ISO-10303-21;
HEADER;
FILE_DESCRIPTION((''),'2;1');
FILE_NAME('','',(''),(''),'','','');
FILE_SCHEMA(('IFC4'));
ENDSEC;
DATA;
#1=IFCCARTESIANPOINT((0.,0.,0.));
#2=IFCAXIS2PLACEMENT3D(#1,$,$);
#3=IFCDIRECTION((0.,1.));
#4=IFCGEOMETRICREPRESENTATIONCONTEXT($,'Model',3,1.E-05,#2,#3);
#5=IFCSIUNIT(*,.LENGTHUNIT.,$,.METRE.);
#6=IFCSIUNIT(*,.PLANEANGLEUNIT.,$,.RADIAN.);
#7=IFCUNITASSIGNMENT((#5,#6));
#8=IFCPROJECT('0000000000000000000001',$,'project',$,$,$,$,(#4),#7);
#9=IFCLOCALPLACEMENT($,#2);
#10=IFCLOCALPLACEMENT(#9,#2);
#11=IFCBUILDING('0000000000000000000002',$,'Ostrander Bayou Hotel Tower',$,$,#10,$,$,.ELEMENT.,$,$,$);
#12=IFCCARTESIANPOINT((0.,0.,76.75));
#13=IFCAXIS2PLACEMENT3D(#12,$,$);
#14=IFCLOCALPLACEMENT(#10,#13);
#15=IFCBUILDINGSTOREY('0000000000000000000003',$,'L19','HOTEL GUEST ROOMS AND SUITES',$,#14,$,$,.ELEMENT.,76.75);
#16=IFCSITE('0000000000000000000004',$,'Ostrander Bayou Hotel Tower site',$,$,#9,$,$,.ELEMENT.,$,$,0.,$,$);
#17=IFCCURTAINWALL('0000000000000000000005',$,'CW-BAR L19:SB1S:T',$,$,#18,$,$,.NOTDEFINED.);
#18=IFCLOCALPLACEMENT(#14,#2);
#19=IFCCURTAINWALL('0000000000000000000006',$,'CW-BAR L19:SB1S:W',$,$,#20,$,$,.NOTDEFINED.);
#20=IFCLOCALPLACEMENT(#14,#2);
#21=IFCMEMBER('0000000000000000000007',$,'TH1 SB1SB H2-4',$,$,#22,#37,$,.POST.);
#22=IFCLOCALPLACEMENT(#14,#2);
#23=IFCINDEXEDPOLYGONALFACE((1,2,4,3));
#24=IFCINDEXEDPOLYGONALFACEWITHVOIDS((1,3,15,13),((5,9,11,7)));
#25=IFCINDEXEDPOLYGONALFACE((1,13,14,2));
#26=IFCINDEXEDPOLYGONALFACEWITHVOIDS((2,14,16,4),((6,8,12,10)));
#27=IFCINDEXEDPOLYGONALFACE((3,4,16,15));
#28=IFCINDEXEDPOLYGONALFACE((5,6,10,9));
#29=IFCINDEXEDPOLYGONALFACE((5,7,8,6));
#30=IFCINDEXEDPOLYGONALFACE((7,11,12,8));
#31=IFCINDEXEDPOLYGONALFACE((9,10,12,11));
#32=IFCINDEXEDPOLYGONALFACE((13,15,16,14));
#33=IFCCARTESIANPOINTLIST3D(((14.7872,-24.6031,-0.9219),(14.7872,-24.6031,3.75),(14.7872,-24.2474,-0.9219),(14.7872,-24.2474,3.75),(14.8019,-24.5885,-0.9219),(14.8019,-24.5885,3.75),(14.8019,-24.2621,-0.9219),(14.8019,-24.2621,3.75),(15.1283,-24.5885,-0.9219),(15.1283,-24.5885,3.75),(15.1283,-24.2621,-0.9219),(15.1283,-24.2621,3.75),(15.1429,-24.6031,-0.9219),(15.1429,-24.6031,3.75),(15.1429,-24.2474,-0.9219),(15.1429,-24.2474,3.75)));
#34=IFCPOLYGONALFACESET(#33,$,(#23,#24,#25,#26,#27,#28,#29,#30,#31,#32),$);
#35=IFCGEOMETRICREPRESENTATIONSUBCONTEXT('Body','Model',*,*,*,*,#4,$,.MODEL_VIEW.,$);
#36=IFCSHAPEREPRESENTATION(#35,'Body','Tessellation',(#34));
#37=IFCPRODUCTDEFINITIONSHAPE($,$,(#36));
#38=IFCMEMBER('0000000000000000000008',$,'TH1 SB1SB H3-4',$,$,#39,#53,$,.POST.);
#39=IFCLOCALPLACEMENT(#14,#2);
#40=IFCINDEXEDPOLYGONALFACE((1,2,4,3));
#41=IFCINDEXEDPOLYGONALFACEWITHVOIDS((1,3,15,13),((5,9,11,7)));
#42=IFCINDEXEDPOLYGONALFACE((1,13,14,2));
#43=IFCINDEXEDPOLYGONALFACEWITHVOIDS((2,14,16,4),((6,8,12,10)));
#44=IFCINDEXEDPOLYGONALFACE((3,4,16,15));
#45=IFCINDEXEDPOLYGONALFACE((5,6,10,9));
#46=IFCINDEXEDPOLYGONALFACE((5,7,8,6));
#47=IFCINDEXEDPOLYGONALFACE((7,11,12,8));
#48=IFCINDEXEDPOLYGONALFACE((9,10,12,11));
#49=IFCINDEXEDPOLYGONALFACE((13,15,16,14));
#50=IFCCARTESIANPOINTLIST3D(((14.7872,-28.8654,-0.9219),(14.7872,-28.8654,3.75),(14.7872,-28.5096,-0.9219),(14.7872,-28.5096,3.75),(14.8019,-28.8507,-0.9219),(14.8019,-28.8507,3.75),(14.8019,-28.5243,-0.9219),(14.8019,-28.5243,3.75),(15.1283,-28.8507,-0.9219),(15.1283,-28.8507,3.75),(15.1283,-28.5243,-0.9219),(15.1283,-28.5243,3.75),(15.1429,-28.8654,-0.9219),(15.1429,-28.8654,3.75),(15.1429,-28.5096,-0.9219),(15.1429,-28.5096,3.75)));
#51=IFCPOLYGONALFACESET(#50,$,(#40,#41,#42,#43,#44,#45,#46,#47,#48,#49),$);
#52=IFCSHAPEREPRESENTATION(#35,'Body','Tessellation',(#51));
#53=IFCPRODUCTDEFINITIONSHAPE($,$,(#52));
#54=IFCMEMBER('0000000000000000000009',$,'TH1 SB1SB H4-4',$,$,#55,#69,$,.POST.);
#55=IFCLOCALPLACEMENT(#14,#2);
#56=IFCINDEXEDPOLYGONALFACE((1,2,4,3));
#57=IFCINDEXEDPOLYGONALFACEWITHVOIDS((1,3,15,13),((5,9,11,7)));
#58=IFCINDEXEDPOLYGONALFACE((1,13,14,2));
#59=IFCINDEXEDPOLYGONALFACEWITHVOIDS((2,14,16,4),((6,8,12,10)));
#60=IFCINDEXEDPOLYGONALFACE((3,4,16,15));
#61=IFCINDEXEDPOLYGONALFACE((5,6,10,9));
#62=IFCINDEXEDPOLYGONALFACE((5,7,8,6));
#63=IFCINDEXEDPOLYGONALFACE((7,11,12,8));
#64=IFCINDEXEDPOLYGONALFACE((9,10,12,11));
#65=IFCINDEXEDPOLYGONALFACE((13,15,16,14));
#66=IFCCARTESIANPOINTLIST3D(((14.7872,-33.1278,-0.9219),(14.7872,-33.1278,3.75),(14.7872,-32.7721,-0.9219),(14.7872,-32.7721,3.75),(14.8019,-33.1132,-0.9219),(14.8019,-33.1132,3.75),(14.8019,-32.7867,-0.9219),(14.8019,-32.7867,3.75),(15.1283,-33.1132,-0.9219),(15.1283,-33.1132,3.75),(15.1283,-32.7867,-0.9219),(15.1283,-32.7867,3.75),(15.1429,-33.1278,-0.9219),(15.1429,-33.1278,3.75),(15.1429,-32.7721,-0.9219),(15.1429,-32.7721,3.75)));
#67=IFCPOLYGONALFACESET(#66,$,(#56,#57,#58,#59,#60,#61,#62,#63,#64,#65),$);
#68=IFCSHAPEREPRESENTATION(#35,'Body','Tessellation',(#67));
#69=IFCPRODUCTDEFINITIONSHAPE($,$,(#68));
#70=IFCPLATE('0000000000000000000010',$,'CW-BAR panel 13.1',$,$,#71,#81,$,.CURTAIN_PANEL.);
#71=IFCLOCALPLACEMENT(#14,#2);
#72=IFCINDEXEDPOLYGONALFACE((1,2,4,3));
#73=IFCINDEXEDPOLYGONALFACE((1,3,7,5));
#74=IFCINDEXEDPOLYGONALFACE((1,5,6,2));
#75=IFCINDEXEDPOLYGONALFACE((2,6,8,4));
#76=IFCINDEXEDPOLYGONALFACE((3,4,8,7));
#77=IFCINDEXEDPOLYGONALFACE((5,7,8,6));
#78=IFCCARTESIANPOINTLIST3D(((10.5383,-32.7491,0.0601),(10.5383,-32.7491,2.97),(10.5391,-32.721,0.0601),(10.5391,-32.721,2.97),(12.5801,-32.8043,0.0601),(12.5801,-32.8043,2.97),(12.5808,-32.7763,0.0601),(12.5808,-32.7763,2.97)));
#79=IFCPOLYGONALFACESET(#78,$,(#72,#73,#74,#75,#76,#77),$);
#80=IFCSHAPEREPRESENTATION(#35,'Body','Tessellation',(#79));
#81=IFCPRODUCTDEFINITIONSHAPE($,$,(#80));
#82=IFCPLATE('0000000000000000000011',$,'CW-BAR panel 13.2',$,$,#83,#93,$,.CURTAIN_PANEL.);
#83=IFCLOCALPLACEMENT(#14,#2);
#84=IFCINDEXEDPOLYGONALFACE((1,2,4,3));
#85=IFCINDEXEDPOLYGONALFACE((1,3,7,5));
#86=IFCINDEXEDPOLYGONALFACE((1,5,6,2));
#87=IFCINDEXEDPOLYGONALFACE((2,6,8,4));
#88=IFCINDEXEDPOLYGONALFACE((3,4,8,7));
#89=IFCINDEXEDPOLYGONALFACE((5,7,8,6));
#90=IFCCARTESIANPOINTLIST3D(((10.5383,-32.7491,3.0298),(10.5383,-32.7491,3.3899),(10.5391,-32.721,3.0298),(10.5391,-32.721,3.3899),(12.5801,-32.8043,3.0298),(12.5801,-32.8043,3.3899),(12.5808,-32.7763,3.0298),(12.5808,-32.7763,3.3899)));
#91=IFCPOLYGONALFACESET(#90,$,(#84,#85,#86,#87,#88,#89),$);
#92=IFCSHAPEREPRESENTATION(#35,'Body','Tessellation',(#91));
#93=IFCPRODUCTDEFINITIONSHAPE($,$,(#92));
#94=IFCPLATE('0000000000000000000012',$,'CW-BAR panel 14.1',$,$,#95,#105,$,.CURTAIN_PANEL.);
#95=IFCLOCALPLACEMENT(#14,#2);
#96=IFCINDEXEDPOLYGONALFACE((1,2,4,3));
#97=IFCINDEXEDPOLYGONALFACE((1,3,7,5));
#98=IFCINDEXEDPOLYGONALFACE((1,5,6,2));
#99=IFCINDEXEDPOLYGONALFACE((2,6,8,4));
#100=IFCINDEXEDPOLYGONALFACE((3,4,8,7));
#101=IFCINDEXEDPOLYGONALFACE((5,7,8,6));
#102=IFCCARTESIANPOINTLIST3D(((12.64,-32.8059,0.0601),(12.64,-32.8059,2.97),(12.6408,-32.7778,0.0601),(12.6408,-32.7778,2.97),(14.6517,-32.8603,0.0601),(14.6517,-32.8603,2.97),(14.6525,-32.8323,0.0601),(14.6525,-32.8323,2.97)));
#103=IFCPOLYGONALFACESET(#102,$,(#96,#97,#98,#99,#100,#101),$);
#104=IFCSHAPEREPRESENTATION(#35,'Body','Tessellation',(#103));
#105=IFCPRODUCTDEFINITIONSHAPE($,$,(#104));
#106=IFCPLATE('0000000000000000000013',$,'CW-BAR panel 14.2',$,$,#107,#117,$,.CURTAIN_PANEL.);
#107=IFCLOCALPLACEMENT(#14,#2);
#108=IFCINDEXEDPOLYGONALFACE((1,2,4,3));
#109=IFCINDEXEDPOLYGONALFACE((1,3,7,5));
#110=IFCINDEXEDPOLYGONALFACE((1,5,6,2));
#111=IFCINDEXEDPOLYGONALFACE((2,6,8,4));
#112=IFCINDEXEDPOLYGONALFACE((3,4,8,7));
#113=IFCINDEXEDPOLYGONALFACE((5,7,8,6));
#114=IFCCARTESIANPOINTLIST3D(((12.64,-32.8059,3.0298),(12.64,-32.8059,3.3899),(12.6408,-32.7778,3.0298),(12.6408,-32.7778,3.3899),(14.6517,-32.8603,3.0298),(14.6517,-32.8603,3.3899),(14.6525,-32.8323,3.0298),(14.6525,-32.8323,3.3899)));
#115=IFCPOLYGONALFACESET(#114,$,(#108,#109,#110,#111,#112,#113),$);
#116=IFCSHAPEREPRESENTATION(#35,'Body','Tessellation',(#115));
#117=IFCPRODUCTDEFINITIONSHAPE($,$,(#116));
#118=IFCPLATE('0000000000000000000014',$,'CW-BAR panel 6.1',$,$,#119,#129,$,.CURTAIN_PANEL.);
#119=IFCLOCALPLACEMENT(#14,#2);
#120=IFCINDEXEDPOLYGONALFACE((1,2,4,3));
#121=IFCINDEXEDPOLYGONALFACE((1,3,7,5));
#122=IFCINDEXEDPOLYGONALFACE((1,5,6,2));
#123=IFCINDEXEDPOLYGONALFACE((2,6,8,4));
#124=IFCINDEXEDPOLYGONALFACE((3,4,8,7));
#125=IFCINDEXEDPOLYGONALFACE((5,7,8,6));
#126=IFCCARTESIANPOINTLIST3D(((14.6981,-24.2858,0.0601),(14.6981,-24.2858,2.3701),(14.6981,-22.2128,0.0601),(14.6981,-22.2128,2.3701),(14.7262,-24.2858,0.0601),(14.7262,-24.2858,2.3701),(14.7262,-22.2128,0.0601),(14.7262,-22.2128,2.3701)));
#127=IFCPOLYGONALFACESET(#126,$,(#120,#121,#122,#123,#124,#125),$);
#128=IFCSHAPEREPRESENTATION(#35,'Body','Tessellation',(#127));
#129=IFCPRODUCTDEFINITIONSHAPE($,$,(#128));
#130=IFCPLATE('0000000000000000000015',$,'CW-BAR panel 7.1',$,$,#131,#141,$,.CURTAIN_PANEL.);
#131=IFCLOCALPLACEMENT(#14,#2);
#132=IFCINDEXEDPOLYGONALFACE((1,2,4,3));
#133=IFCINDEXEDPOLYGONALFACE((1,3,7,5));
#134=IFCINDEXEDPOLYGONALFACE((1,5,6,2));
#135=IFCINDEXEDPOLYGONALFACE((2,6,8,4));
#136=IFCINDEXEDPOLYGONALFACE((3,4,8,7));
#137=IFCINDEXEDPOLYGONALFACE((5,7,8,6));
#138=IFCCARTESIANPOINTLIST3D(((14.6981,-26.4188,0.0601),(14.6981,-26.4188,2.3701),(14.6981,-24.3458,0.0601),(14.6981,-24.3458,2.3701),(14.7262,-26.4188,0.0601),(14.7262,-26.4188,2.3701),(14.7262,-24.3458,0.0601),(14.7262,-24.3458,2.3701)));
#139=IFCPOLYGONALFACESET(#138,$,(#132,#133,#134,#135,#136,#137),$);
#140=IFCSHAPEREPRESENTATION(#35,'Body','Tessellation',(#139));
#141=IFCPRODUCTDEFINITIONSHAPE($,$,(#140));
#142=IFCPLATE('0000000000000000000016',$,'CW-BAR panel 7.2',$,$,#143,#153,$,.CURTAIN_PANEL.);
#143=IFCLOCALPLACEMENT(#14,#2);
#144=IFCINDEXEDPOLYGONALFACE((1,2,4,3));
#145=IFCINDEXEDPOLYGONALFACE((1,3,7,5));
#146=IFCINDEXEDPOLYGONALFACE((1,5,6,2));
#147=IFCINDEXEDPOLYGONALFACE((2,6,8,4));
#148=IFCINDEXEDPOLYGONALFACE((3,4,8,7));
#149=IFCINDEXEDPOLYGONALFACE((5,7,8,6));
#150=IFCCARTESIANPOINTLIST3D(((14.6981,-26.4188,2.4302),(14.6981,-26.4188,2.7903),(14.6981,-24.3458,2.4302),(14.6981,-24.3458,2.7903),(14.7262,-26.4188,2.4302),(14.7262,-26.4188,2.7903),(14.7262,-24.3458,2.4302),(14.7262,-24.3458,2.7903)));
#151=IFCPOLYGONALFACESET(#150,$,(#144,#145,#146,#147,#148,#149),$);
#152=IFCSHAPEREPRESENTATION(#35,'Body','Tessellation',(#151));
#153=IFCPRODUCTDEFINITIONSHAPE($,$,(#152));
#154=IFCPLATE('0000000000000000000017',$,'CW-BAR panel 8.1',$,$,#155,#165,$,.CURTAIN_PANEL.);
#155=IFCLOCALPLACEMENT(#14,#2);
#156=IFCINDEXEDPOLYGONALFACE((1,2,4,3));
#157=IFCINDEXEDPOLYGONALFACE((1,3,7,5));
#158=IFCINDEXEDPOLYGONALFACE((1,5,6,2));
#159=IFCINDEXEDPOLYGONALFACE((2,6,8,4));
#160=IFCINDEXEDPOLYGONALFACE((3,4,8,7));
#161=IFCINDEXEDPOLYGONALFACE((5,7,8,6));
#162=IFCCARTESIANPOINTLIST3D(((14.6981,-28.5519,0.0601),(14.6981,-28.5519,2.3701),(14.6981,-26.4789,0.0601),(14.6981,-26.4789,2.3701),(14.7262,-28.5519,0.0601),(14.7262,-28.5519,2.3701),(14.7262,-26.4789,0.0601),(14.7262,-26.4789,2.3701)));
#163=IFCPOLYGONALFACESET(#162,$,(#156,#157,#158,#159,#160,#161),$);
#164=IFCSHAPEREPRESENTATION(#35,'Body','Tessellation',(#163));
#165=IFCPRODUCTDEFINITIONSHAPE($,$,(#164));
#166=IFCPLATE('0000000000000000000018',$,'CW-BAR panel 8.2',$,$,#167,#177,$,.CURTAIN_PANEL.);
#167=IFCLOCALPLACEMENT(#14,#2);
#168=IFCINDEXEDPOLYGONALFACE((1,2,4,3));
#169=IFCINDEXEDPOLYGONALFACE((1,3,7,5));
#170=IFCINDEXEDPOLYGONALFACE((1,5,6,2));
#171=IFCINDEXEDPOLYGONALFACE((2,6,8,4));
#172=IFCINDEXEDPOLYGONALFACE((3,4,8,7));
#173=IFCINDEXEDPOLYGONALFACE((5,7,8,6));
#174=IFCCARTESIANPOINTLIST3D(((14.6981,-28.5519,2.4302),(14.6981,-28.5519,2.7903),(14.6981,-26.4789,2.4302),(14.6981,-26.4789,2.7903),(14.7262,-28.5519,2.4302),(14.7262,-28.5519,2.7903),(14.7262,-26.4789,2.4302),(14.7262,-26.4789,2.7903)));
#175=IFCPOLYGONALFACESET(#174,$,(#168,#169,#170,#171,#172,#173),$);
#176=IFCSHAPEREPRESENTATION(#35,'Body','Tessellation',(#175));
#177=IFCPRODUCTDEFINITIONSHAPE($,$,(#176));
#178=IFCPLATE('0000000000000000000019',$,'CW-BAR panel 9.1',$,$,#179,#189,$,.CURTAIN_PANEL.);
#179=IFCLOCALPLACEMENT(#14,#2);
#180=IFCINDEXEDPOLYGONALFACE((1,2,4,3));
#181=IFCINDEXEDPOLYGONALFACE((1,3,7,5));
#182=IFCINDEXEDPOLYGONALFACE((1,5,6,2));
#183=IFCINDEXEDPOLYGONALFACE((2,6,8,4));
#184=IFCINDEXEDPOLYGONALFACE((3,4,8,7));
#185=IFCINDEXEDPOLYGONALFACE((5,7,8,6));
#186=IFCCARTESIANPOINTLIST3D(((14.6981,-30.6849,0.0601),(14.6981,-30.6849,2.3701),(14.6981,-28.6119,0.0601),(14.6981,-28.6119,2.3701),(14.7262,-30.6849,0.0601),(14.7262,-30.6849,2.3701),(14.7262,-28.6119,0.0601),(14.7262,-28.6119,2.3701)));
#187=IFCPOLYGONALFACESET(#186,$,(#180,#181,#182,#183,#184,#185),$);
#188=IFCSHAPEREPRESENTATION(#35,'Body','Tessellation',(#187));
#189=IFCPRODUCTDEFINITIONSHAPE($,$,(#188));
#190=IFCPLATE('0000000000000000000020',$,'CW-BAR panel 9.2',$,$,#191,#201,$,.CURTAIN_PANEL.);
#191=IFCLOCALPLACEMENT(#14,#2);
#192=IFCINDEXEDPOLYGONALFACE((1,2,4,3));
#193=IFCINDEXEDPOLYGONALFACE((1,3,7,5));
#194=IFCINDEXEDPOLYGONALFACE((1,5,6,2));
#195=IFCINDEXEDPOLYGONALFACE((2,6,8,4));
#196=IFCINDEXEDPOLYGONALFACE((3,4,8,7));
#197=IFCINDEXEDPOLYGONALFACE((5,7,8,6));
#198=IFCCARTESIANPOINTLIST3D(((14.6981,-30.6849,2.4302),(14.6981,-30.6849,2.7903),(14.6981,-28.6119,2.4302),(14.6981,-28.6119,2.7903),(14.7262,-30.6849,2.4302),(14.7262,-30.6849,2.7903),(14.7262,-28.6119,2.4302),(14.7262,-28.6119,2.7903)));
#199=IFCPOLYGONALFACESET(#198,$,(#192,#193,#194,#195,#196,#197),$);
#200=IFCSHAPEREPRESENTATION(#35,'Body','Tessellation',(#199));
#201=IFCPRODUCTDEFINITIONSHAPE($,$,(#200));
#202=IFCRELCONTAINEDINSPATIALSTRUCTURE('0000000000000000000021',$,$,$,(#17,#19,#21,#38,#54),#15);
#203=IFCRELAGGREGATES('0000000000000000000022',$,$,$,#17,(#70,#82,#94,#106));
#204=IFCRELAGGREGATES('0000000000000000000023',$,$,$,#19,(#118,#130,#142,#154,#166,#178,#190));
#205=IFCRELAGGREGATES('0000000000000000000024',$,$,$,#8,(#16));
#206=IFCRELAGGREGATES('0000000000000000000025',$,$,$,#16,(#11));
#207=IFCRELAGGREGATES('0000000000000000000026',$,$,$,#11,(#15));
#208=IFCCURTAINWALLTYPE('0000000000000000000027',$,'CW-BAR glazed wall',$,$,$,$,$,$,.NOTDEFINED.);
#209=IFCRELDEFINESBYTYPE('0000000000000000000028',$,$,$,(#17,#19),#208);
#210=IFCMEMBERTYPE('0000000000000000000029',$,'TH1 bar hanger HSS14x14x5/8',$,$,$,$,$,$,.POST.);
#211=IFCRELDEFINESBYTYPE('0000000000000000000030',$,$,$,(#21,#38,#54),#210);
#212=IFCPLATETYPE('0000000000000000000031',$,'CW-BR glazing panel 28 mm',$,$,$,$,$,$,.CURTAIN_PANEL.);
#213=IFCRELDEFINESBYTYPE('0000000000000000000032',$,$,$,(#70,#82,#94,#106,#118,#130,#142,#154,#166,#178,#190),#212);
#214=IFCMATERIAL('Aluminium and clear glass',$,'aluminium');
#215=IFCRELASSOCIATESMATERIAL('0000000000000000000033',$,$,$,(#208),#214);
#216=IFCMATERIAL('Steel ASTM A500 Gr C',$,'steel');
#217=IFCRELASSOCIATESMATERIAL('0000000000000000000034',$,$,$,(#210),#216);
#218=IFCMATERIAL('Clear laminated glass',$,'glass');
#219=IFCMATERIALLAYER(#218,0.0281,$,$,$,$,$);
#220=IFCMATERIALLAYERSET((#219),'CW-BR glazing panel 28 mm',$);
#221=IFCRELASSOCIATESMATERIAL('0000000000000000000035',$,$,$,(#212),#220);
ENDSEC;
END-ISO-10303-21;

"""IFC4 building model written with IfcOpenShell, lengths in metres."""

from ifc_helpers import new_model, si_unit, direction, frame, origin, origin_2d, place, context, subcontext, project, spatial, rectangle, hollow_rectangle, extrude, material, layer, layer_set, material_profile, profile_set, type_object, element, aggregate, save


model = new_model("IFC4")

# Units and contexts
model_context = context("Model", 3, precision=1e-05, world=origin(), true_north=direction((0.0, 1.0)))
body_context = subcontext(model_context, "Body", "Model", "MODEL_VIEW")
ifc_project = project(units=[si_unit("LENGTHUNIT", "METRE"), si_unit("PLANEANGLEUNIT", "RADIAN")], contexts=[model_context])

# Site, building, storey
site_placement = place(None, origin())
site = spatial("IfcSite", under=ifc_project, at=site_placement, Name="Ostrander Bayou Hotel Tower site", CompositionType="ELEMENT", RefElevation=0.0)
building_placement = place(site_placement, origin())
building = spatial("IfcBuilding", under=site, at=building_placement, Name="Ostrander Bayou Hotel Tower", CompositionType="ELEMENT")
storey_placement = place(building_placement, frame((0.0, 0.0, 76.75)))
storey = spatial("IfcBuildingStorey", under=building, at=storey_placement, Name="L19", Description="HOTEL GUEST ROOMS AND SUITES", CompositionType="ELEMENT", Elevation=76.75)

# Curtain walls
ifc_material_1 = material(Name="Aluminium and clear glass", Category="aluminium")
curtain_wall_type = type_object("IfcCurtainWallType", Name="CW-BAR glazed wall", PredefinedType="NOTDEFINED", material=ifc_material_1)
curtain_wall_1_placement = place(storey_placement, origin())
curtain_wall_1 = element("IfcCurtainWall", 1, at=curtain_wall_1_placement, inside=storey, type_object=curtain_wall_type, Name="CW-BAR L19:SB1S:T", PredefinedType="NOTDEFINED")
curtain_wall_2_placement = place(storey_placement, origin())
curtain_wall_2 = element("IfcCurtainWall", 2, at=curtain_wall_2_placement, inside=storey, type_object=curtain_wall_type, Name="CW-BAR L19:SB1S:W", PredefinedType="NOTDEFINED")

# Members
ifc_material_2 = material(Name="Steel ASTM A500 Gr C", Category="steel")
ifc_material_profile_1 = material_profile(ifc_material_2, hollow_rectangle(XDim=0.3557, YDim=0.3557, WallThickness=0.0146, at=origin_2d()))
ifc_profile_set_1 = profile_set([ifc_material_profile_1], Name="Steel ASTM A500 Gr C")
member_type_1 = type_object("IfcMemberType", Name="TH1 bar hanger HSS14x14x5/8", PredefinedType="POST", material=ifc_profile_set_1)
for number, where, z_axis, x_axis, name in (
    (3, (14.9651, -24.4253, -0.9219), (0.0, 0.0, 1.0), (1.0, 0.0, 0.0), "TH1 SB1SB H2-4"),
    (4, (14.9651, -28.6875, -0.9219), (0.0, 0.0, 1.0), (1.0, 0.0, 0.0), "TH1 SB1SB H3-4"),
    (5, (14.9651, -32.95, -0.9219), (0.0, 0.0, 1.0), (1.0, 0.0, 0.0), "TH1 SB1SB H4-4"),
):
    element("IfcMember", number, at=place(storey_placement, frame(where, z_axis=z_axis, x_axis=x_axis)), inside=storey, type_object=member_type_1, Name=name, PredefinedType="POST", context=body_context, shape_type="SweptSolid", body=[
        extrude(hollow_rectangle(XDim=0.3557, YDim=0.3557, WallThickness=0.0146, at=origin_2d()), origin(), (0.0, 0.0, 1.0), 4.6719),
    ])

# Plates
ifc_material_3 = material(Name="Clear laminated glass", Category="glass")
ifc_layer = layer(ifc_material_3, 0.0281)
ifc_layer_set = layer_set([ifc_layer], Name="CW-BR glazing panel 28 mm")
plate_type = type_object("IfcPlateType", Name="CW-BR glazing panel 28 mm", PredefinedType="CURTAIN_PANEL", material=ifc_layer_set)
plate_1_placement = place(storey_placement, frame((11.5596, -32.7627, 0.0601), z_axis=(0.0, 0.0, 1.0), x_axis=(0.999634, -0.027042, 0.0)))
plate_1 = element("IfcPlate", 6, at=plate_1_placement, type_object=plate_type, Name="CW-BAR panel 13.1", PredefinedType="CURTAIN_PANEL", context=body_context, shape_type="SweptSolid", body=[
    extrude(rectangle(XDim=2.0425, YDim=0.0281, at=origin_2d()), origin(), (0.0, 0.0, 1.0), 2.9099),
])
plate_2_placement = place(storey_placement, frame((11.5596, -32.7627, 3.0298), z_axis=(0.0, 0.0, 1.0), x_axis=(0.999634, -0.027042, 0.0)))
plate_2 = element("IfcPlate", 7, at=plate_2_placement, type_object=plate_type, Name="CW-BAR panel 13.2", PredefinedType="CURTAIN_PANEL", context=body_context, shape_type="SweptSolid", body=[
    extrude(rectangle(XDim=2.0425, YDim=0.0281, at=origin_2d()), origin(), (0.0, 0.0, 1.0), 0.3601),
])
plate_3_placement = place(storey_placement, frame((13.6462, -32.8191, 0.0601), z_axis=(0.0, 0.0, 1.0), x_axis=(0.999634, -0.027042, 0.0)))
plate_3 = element("IfcPlate", 8, at=plate_3_placement, type_object=plate_type, Name="CW-BAR panel 14.1", PredefinedType="CURTAIN_PANEL", context=body_context, shape_type="SweptSolid", body=[
    extrude(rectangle(XDim=2.0125, YDim=0.0281, at=origin_2d()), origin(), (0.0, 0.0, 1.0), 2.9099),
])
plate_4_placement = place(storey_placement, frame((13.6462, -32.8191, 3.0298), z_axis=(0.0, 0.0, 1.0), x_axis=(0.999634, -0.027042, 0.0)))
plate_4 = element("IfcPlate", 9, at=plate_4_placement, type_object=plate_type, Name="CW-BAR panel 14.2", PredefinedType="CURTAIN_PANEL", context=body_context, shape_type="SweptSolid", body=[
    extrude(rectangle(XDim=2.0125, YDim=0.0281, at=origin_2d()), origin(), (0.0, 0.0, 1.0), 0.3601),
])
aggregate(curtain_wall_1, [plate_1, plate_2, plate_3, plate_4])
plate_5_placement = place(storey_placement, frame((14.7122, -23.2493, 0.0601), z_axis=(0.0, 0.0, 1.0), x_axis=(0.0, -1.0, 0.0)))
plate_5 = element("IfcPlate", 10, at=plate_5_placement, type_object=plate_type, Name="CW-BAR panel 6.1", PredefinedType="CURTAIN_PANEL", context=body_context, shape_type="SweptSolid", body=[
    extrude(rectangle(XDim=2.073, YDim=0.0281, at=origin_2d()), origin(), (0.0, 0.0, 1.0), 2.3101),
])
plate_6_placement = place(storey_placement, frame((14.7122, -25.3823, 0.0601), z_axis=(0.0, 0.0, 1.0), x_axis=(0.0, -1.0, 0.0)))
plate_6 = element("IfcPlate", 11, at=plate_6_placement, type_object=plate_type, Name="CW-BAR panel 7.1", PredefinedType="CURTAIN_PANEL", context=body_context, shape_type="SweptSolid", body=[
    extrude(rectangle(XDim=2.073, YDim=0.0281, at=origin_2d()), origin(), (0.0, 0.0, 1.0), 2.3101),
])
plate_7_placement = place(storey_placement, frame((14.7122, -25.3823, 2.4302), z_axis=(0.0, 0.0, 1.0), x_axis=(0.0, -1.0, 0.0)))
plate_7 = element("IfcPlate", 12, at=plate_7_placement, type_object=plate_type, Name="CW-BAR panel 7.2", PredefinedType="CURTAIN_PANEL", context=body_context, shape_type="SweptSolid", body=[
    extrude(rectangle(XDim=2.073, YDim=0.0281, at=origin_2d()), origin(), (0.0, 0.0, 1.0), 0.3601),
])
plate_8_placement = place(storey_placement, frame((14.7122, -27.5154, 0.0601), z_axis=(0.0, 0.0, 1.0), x_axis=(0.0, -1.0, 0.0)))
plate_8 = element("IfcPlate", 13, at=plate_8_placement, type_object=plate_type, Name="CW-BAR panel 8.1", PredefinedType="CURTAIN_PANEL", context=body_context, shape_type="SweptSolid", body=[
    extrude(rectangle(XDim=2.073, YDim=0.0281, at=origin_2d()), origin(), (0.0, 0.0, 1.0), 2.3101),
])
plate_9_placement = place(storey_placement, frame((14.7122, -27.5154, 2.4302), z_axis=(0.0, 0.0, 1.0), x_axis=(0.0, -1.0, 0.0)))
plate_9 = element("IfcPlate", 14, at=plate_9_placement, type_object=plate_type, Name="CW-BAR panel 8.2", PredefinedType="CURTAIN_PANEL", context=body_context, shape_type="SweptSolid", body=[
    extrude(rectangle(XDim=2.073, YDim=0.0281, at=origin_2d()), origin(), (0.0, 0.0, 1.0), 0.3601),
])
plate_10_placement = place(storey_placement, frame((14.7122, -29.6484, 0.0601), z_axis=(0.0, 0.0, 1.0), x_axis=(0.0, -1.0, 0.0)))
plate_10 = element("IfcPlate", 15, at=plate_10_placement, type_object=plate_type, Name="CW-BAR panel 9.1", PredefinedType="CURTAIN_PANEL", context=body_context, shape_type="SweptSolid", body=[
    extrude(rectangle(XDim=2.073, YDim=0.0281, at=origin_2d()), origin(), (0.0, 0.0, 1.0), 2.3101),
])
plate_11_placement = place(storey_placement, frame((14.7122, -29.6484, 2.4302), z_axis=(0.0, 0.0, 1.0), x_axis=(0.0, -1.0, 0.0)))
plate_11 = element("IfcPlate", 16, at=plate_11_placement, type_object=plate_type, Name="CW-BAR panel 9.2", PredefinedType="CURTAIN_PANEL", context=body_context, shape_type="SweptSolid", body=[
    extrude(rectangle(XDim=2.073, YDim=0.0281, at=origin_2d()), origin(), (0.0, 0.0, 1.0), 0.3601),
])
aggregate(curtain_wall_2, [plate_5, plate_6, plate_7, plate_8, plate_9, plate_10, plate_11])

save(model, "model.ifc")
